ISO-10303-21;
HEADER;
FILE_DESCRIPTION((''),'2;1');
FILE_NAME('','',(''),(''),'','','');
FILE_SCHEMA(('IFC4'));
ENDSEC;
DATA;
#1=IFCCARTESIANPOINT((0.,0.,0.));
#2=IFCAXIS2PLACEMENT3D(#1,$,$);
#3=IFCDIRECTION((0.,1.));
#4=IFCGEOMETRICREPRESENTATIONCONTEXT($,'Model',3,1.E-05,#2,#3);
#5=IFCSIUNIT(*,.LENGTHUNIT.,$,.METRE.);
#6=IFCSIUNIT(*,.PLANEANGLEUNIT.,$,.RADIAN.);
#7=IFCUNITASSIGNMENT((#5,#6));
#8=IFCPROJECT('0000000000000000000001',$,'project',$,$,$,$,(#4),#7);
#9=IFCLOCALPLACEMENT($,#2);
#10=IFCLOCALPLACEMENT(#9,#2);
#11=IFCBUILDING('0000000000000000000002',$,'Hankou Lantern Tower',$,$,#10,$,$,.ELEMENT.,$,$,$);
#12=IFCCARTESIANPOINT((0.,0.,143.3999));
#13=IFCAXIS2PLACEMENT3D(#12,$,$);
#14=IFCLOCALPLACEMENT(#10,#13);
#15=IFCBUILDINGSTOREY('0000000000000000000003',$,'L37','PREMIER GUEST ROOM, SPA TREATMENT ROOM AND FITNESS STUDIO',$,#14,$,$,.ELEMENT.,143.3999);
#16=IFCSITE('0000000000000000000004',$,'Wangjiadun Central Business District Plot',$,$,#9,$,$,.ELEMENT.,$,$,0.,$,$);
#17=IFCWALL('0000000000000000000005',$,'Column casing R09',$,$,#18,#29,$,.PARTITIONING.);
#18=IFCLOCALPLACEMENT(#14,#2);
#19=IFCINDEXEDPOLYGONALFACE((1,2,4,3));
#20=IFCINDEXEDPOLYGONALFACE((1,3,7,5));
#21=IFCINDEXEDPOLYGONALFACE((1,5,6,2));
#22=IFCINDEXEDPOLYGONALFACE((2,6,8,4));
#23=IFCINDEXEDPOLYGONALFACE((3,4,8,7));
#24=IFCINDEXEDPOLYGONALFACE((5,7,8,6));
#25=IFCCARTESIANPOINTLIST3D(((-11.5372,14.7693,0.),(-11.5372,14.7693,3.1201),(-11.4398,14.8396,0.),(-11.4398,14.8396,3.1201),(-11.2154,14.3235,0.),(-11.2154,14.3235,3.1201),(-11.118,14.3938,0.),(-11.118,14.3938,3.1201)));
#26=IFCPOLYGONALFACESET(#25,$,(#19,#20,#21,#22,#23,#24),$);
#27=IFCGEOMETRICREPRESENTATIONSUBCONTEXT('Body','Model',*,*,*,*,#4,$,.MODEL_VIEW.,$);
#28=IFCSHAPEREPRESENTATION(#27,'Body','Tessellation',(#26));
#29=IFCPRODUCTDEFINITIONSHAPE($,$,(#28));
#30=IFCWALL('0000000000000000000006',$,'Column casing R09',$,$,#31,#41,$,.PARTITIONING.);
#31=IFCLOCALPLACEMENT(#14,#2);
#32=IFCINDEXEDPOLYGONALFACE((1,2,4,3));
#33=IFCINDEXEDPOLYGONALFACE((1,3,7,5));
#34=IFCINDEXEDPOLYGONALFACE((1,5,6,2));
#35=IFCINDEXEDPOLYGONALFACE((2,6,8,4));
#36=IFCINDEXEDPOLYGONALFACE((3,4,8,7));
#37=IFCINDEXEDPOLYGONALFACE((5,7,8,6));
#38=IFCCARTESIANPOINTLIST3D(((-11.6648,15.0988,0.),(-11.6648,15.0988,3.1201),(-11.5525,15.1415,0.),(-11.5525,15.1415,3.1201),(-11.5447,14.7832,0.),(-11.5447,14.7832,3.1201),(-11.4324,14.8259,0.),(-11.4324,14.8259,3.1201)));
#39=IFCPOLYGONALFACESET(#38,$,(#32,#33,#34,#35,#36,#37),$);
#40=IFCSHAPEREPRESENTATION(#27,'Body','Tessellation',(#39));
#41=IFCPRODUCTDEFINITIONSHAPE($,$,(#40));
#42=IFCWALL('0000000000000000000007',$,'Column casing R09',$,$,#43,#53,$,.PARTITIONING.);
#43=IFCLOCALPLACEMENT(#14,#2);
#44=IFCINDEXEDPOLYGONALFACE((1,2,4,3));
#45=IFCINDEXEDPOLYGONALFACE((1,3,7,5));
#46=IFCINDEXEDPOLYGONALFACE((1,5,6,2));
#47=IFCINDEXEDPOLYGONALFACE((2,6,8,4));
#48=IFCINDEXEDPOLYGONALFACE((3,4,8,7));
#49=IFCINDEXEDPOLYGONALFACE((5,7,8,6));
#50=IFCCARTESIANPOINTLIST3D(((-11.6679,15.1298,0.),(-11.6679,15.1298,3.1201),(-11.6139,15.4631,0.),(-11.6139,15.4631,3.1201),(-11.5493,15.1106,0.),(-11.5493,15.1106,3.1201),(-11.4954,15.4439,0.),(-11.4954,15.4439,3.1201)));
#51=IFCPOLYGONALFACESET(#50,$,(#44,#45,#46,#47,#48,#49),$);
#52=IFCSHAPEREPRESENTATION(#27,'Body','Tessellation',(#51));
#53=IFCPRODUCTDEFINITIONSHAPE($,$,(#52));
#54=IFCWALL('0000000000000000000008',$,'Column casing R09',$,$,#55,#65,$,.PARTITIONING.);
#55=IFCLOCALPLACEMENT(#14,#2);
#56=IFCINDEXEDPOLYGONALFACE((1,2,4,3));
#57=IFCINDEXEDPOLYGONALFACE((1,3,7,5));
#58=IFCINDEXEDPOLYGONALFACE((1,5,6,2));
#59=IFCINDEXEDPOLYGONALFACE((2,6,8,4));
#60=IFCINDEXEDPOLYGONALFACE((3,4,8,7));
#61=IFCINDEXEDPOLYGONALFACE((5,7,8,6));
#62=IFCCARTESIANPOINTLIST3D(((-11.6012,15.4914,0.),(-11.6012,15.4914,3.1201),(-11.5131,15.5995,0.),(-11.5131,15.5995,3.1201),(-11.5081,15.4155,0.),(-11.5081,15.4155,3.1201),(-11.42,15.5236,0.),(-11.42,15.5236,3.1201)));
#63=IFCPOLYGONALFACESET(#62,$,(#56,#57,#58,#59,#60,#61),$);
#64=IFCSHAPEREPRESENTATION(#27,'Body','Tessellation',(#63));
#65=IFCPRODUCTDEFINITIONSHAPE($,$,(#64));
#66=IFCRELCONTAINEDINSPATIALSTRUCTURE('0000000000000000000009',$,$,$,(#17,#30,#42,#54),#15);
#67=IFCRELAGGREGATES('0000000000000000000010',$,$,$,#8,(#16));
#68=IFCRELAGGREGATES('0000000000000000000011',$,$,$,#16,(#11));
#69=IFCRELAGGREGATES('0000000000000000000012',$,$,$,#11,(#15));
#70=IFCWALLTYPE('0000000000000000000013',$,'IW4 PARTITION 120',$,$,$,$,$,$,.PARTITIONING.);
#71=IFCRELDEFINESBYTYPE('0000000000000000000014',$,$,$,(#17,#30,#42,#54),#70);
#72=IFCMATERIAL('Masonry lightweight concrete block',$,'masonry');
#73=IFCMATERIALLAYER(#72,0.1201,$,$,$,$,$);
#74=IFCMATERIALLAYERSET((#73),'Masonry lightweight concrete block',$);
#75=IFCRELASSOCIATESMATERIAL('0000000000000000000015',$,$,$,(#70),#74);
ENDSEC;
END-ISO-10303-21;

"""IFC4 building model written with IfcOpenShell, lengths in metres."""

from ifc_helpers import new_model, si_unit, direction, frame, frame_2d, origin, place, context, subcontext, project, spatial, rectangle, extrude, material, layer, layer_set, type_object, element, save


model = new_model("IFC4")

# Units and contexts
model_context = context("Model", 3, precision=1e-05, world=origin(), true_north=direction((0.0, 1.0)))
body_context = subcontext(model_context, "Body", "Model", "MODEL_VIEW")
ifc_project = project(units=[si_unit("LENGTHUNIT", "METRE"), si_unit("PLANEANGLEUNIT", "RADIAN")], contexts=[model_context])

# Site, building, storey
site_placement = place(None, origin())
site = spatial("IfcSite", under=ifc_project, at=site_placement, Name="Wangjiadun Central Business District Plot", CompositionType="ELEMENT", RefElevation=0.0)
building_placement = place(site_placement, origin())
building = spatial("IfcBuilding", under=site, at=building_placement, Name="Hankou Lantern Tower", CompositionType="ELEMENT")
storey_placement = place(building_placement, frame((0.0, 0.0, 143.3999)))
storey = spatial("IfcBuildingStorey", under=building, at=storey_placement, Name="L37", Description="PREMIER GUEST ROOM, SPA TREATMENT ROOM AND FITNESS STUDIO", CompositionType="ELEMENT", Elevation=143.3999)

# Walls
ifc_material_1 = material(Name="Masonry lightweight concrete block", Category="masonry")
ifc_layer_1 = layer(ifc_material_1, 0.1201)
ifc_layer_set_1 = layer_set([ifc_layer_1], Name="Masonry lightweight concrete block")
wall_type_1 = type_object("IfcWallType", Name="IW4 PARTITION 120", PredefinedType="PARTITIONING", material=ifc_layer_set_1)
wall_1_placement = place(storey_placement, frame((-11.1667, 14.3586, 0.0), z_axis=(0.0, 0.0, 1.0), x_axis=(-0.585264, 0.810843, 0.0)))
element("IfcWall", 1, at=wall_1_placement, inside=storey, type_object=wall_type_1, Name="Column casing R09", PredefinedType="PARTITIONING", context=body_context, shape_type="SweptSolid", body=[
    extrude(rectangle(XDim=0.5498, YDim=0.1201, at=frame_2d((0.2749, 0.0))), origin(), (0.0, 0.0, 1.0), 3.1201),
])
for number, where, z_axis, x_axis, name in (
    (2, (-11.4885, 14.8044, 0.0), (0.0, 0.0, 1.0), (-0.355635, 0.934625, 0.0), "Column casing R09"),
    (3, (-11.6086, 15.1201, 0.0), (0.0, 0.0, 1.0), (0.159824, 0.987146, 0.0), "Column casing R09"),
):
    element("IfcWall", number, at=place(storey_placement, frame(where, z_axis=z_axis, x_axis=x_axis)), inside=storey, type_object=wall_type_1, Name=name, PredefinedType="PARTITIONING", context=body_context, shape_type="SweptSolid", body=[
        extrude(rectangle(XDim=0.3376, YDim=0.1201, at=frame_2d((0.1689, 0.0))), origin(), (0.0, 0.0, 1.0), 3.1201),
    ])
wall_2_placement = place(storey_placement, frame((-11.5547, 15.4534, 0.0), z_axis=(0.0, 0.0, 1.0), x_axis=(0.631712, 0.775203, 0.0)))
element("IfcWall", 4, at=wall_2_placement, inside=storey, type_object=wall_type_1, Name="Column casing R09", PredefinedType="PARTITIONING", context=body_context, shape_type="SweptSolid", body=[
    extrude(rectangle(XDim=0.1394, YDim=0.1201, at=frame_2d((0.0698, 0.0))), origin(), (0.0, 0.0, 1.0), 3.1201),
])

save(model, "model.ifc")
